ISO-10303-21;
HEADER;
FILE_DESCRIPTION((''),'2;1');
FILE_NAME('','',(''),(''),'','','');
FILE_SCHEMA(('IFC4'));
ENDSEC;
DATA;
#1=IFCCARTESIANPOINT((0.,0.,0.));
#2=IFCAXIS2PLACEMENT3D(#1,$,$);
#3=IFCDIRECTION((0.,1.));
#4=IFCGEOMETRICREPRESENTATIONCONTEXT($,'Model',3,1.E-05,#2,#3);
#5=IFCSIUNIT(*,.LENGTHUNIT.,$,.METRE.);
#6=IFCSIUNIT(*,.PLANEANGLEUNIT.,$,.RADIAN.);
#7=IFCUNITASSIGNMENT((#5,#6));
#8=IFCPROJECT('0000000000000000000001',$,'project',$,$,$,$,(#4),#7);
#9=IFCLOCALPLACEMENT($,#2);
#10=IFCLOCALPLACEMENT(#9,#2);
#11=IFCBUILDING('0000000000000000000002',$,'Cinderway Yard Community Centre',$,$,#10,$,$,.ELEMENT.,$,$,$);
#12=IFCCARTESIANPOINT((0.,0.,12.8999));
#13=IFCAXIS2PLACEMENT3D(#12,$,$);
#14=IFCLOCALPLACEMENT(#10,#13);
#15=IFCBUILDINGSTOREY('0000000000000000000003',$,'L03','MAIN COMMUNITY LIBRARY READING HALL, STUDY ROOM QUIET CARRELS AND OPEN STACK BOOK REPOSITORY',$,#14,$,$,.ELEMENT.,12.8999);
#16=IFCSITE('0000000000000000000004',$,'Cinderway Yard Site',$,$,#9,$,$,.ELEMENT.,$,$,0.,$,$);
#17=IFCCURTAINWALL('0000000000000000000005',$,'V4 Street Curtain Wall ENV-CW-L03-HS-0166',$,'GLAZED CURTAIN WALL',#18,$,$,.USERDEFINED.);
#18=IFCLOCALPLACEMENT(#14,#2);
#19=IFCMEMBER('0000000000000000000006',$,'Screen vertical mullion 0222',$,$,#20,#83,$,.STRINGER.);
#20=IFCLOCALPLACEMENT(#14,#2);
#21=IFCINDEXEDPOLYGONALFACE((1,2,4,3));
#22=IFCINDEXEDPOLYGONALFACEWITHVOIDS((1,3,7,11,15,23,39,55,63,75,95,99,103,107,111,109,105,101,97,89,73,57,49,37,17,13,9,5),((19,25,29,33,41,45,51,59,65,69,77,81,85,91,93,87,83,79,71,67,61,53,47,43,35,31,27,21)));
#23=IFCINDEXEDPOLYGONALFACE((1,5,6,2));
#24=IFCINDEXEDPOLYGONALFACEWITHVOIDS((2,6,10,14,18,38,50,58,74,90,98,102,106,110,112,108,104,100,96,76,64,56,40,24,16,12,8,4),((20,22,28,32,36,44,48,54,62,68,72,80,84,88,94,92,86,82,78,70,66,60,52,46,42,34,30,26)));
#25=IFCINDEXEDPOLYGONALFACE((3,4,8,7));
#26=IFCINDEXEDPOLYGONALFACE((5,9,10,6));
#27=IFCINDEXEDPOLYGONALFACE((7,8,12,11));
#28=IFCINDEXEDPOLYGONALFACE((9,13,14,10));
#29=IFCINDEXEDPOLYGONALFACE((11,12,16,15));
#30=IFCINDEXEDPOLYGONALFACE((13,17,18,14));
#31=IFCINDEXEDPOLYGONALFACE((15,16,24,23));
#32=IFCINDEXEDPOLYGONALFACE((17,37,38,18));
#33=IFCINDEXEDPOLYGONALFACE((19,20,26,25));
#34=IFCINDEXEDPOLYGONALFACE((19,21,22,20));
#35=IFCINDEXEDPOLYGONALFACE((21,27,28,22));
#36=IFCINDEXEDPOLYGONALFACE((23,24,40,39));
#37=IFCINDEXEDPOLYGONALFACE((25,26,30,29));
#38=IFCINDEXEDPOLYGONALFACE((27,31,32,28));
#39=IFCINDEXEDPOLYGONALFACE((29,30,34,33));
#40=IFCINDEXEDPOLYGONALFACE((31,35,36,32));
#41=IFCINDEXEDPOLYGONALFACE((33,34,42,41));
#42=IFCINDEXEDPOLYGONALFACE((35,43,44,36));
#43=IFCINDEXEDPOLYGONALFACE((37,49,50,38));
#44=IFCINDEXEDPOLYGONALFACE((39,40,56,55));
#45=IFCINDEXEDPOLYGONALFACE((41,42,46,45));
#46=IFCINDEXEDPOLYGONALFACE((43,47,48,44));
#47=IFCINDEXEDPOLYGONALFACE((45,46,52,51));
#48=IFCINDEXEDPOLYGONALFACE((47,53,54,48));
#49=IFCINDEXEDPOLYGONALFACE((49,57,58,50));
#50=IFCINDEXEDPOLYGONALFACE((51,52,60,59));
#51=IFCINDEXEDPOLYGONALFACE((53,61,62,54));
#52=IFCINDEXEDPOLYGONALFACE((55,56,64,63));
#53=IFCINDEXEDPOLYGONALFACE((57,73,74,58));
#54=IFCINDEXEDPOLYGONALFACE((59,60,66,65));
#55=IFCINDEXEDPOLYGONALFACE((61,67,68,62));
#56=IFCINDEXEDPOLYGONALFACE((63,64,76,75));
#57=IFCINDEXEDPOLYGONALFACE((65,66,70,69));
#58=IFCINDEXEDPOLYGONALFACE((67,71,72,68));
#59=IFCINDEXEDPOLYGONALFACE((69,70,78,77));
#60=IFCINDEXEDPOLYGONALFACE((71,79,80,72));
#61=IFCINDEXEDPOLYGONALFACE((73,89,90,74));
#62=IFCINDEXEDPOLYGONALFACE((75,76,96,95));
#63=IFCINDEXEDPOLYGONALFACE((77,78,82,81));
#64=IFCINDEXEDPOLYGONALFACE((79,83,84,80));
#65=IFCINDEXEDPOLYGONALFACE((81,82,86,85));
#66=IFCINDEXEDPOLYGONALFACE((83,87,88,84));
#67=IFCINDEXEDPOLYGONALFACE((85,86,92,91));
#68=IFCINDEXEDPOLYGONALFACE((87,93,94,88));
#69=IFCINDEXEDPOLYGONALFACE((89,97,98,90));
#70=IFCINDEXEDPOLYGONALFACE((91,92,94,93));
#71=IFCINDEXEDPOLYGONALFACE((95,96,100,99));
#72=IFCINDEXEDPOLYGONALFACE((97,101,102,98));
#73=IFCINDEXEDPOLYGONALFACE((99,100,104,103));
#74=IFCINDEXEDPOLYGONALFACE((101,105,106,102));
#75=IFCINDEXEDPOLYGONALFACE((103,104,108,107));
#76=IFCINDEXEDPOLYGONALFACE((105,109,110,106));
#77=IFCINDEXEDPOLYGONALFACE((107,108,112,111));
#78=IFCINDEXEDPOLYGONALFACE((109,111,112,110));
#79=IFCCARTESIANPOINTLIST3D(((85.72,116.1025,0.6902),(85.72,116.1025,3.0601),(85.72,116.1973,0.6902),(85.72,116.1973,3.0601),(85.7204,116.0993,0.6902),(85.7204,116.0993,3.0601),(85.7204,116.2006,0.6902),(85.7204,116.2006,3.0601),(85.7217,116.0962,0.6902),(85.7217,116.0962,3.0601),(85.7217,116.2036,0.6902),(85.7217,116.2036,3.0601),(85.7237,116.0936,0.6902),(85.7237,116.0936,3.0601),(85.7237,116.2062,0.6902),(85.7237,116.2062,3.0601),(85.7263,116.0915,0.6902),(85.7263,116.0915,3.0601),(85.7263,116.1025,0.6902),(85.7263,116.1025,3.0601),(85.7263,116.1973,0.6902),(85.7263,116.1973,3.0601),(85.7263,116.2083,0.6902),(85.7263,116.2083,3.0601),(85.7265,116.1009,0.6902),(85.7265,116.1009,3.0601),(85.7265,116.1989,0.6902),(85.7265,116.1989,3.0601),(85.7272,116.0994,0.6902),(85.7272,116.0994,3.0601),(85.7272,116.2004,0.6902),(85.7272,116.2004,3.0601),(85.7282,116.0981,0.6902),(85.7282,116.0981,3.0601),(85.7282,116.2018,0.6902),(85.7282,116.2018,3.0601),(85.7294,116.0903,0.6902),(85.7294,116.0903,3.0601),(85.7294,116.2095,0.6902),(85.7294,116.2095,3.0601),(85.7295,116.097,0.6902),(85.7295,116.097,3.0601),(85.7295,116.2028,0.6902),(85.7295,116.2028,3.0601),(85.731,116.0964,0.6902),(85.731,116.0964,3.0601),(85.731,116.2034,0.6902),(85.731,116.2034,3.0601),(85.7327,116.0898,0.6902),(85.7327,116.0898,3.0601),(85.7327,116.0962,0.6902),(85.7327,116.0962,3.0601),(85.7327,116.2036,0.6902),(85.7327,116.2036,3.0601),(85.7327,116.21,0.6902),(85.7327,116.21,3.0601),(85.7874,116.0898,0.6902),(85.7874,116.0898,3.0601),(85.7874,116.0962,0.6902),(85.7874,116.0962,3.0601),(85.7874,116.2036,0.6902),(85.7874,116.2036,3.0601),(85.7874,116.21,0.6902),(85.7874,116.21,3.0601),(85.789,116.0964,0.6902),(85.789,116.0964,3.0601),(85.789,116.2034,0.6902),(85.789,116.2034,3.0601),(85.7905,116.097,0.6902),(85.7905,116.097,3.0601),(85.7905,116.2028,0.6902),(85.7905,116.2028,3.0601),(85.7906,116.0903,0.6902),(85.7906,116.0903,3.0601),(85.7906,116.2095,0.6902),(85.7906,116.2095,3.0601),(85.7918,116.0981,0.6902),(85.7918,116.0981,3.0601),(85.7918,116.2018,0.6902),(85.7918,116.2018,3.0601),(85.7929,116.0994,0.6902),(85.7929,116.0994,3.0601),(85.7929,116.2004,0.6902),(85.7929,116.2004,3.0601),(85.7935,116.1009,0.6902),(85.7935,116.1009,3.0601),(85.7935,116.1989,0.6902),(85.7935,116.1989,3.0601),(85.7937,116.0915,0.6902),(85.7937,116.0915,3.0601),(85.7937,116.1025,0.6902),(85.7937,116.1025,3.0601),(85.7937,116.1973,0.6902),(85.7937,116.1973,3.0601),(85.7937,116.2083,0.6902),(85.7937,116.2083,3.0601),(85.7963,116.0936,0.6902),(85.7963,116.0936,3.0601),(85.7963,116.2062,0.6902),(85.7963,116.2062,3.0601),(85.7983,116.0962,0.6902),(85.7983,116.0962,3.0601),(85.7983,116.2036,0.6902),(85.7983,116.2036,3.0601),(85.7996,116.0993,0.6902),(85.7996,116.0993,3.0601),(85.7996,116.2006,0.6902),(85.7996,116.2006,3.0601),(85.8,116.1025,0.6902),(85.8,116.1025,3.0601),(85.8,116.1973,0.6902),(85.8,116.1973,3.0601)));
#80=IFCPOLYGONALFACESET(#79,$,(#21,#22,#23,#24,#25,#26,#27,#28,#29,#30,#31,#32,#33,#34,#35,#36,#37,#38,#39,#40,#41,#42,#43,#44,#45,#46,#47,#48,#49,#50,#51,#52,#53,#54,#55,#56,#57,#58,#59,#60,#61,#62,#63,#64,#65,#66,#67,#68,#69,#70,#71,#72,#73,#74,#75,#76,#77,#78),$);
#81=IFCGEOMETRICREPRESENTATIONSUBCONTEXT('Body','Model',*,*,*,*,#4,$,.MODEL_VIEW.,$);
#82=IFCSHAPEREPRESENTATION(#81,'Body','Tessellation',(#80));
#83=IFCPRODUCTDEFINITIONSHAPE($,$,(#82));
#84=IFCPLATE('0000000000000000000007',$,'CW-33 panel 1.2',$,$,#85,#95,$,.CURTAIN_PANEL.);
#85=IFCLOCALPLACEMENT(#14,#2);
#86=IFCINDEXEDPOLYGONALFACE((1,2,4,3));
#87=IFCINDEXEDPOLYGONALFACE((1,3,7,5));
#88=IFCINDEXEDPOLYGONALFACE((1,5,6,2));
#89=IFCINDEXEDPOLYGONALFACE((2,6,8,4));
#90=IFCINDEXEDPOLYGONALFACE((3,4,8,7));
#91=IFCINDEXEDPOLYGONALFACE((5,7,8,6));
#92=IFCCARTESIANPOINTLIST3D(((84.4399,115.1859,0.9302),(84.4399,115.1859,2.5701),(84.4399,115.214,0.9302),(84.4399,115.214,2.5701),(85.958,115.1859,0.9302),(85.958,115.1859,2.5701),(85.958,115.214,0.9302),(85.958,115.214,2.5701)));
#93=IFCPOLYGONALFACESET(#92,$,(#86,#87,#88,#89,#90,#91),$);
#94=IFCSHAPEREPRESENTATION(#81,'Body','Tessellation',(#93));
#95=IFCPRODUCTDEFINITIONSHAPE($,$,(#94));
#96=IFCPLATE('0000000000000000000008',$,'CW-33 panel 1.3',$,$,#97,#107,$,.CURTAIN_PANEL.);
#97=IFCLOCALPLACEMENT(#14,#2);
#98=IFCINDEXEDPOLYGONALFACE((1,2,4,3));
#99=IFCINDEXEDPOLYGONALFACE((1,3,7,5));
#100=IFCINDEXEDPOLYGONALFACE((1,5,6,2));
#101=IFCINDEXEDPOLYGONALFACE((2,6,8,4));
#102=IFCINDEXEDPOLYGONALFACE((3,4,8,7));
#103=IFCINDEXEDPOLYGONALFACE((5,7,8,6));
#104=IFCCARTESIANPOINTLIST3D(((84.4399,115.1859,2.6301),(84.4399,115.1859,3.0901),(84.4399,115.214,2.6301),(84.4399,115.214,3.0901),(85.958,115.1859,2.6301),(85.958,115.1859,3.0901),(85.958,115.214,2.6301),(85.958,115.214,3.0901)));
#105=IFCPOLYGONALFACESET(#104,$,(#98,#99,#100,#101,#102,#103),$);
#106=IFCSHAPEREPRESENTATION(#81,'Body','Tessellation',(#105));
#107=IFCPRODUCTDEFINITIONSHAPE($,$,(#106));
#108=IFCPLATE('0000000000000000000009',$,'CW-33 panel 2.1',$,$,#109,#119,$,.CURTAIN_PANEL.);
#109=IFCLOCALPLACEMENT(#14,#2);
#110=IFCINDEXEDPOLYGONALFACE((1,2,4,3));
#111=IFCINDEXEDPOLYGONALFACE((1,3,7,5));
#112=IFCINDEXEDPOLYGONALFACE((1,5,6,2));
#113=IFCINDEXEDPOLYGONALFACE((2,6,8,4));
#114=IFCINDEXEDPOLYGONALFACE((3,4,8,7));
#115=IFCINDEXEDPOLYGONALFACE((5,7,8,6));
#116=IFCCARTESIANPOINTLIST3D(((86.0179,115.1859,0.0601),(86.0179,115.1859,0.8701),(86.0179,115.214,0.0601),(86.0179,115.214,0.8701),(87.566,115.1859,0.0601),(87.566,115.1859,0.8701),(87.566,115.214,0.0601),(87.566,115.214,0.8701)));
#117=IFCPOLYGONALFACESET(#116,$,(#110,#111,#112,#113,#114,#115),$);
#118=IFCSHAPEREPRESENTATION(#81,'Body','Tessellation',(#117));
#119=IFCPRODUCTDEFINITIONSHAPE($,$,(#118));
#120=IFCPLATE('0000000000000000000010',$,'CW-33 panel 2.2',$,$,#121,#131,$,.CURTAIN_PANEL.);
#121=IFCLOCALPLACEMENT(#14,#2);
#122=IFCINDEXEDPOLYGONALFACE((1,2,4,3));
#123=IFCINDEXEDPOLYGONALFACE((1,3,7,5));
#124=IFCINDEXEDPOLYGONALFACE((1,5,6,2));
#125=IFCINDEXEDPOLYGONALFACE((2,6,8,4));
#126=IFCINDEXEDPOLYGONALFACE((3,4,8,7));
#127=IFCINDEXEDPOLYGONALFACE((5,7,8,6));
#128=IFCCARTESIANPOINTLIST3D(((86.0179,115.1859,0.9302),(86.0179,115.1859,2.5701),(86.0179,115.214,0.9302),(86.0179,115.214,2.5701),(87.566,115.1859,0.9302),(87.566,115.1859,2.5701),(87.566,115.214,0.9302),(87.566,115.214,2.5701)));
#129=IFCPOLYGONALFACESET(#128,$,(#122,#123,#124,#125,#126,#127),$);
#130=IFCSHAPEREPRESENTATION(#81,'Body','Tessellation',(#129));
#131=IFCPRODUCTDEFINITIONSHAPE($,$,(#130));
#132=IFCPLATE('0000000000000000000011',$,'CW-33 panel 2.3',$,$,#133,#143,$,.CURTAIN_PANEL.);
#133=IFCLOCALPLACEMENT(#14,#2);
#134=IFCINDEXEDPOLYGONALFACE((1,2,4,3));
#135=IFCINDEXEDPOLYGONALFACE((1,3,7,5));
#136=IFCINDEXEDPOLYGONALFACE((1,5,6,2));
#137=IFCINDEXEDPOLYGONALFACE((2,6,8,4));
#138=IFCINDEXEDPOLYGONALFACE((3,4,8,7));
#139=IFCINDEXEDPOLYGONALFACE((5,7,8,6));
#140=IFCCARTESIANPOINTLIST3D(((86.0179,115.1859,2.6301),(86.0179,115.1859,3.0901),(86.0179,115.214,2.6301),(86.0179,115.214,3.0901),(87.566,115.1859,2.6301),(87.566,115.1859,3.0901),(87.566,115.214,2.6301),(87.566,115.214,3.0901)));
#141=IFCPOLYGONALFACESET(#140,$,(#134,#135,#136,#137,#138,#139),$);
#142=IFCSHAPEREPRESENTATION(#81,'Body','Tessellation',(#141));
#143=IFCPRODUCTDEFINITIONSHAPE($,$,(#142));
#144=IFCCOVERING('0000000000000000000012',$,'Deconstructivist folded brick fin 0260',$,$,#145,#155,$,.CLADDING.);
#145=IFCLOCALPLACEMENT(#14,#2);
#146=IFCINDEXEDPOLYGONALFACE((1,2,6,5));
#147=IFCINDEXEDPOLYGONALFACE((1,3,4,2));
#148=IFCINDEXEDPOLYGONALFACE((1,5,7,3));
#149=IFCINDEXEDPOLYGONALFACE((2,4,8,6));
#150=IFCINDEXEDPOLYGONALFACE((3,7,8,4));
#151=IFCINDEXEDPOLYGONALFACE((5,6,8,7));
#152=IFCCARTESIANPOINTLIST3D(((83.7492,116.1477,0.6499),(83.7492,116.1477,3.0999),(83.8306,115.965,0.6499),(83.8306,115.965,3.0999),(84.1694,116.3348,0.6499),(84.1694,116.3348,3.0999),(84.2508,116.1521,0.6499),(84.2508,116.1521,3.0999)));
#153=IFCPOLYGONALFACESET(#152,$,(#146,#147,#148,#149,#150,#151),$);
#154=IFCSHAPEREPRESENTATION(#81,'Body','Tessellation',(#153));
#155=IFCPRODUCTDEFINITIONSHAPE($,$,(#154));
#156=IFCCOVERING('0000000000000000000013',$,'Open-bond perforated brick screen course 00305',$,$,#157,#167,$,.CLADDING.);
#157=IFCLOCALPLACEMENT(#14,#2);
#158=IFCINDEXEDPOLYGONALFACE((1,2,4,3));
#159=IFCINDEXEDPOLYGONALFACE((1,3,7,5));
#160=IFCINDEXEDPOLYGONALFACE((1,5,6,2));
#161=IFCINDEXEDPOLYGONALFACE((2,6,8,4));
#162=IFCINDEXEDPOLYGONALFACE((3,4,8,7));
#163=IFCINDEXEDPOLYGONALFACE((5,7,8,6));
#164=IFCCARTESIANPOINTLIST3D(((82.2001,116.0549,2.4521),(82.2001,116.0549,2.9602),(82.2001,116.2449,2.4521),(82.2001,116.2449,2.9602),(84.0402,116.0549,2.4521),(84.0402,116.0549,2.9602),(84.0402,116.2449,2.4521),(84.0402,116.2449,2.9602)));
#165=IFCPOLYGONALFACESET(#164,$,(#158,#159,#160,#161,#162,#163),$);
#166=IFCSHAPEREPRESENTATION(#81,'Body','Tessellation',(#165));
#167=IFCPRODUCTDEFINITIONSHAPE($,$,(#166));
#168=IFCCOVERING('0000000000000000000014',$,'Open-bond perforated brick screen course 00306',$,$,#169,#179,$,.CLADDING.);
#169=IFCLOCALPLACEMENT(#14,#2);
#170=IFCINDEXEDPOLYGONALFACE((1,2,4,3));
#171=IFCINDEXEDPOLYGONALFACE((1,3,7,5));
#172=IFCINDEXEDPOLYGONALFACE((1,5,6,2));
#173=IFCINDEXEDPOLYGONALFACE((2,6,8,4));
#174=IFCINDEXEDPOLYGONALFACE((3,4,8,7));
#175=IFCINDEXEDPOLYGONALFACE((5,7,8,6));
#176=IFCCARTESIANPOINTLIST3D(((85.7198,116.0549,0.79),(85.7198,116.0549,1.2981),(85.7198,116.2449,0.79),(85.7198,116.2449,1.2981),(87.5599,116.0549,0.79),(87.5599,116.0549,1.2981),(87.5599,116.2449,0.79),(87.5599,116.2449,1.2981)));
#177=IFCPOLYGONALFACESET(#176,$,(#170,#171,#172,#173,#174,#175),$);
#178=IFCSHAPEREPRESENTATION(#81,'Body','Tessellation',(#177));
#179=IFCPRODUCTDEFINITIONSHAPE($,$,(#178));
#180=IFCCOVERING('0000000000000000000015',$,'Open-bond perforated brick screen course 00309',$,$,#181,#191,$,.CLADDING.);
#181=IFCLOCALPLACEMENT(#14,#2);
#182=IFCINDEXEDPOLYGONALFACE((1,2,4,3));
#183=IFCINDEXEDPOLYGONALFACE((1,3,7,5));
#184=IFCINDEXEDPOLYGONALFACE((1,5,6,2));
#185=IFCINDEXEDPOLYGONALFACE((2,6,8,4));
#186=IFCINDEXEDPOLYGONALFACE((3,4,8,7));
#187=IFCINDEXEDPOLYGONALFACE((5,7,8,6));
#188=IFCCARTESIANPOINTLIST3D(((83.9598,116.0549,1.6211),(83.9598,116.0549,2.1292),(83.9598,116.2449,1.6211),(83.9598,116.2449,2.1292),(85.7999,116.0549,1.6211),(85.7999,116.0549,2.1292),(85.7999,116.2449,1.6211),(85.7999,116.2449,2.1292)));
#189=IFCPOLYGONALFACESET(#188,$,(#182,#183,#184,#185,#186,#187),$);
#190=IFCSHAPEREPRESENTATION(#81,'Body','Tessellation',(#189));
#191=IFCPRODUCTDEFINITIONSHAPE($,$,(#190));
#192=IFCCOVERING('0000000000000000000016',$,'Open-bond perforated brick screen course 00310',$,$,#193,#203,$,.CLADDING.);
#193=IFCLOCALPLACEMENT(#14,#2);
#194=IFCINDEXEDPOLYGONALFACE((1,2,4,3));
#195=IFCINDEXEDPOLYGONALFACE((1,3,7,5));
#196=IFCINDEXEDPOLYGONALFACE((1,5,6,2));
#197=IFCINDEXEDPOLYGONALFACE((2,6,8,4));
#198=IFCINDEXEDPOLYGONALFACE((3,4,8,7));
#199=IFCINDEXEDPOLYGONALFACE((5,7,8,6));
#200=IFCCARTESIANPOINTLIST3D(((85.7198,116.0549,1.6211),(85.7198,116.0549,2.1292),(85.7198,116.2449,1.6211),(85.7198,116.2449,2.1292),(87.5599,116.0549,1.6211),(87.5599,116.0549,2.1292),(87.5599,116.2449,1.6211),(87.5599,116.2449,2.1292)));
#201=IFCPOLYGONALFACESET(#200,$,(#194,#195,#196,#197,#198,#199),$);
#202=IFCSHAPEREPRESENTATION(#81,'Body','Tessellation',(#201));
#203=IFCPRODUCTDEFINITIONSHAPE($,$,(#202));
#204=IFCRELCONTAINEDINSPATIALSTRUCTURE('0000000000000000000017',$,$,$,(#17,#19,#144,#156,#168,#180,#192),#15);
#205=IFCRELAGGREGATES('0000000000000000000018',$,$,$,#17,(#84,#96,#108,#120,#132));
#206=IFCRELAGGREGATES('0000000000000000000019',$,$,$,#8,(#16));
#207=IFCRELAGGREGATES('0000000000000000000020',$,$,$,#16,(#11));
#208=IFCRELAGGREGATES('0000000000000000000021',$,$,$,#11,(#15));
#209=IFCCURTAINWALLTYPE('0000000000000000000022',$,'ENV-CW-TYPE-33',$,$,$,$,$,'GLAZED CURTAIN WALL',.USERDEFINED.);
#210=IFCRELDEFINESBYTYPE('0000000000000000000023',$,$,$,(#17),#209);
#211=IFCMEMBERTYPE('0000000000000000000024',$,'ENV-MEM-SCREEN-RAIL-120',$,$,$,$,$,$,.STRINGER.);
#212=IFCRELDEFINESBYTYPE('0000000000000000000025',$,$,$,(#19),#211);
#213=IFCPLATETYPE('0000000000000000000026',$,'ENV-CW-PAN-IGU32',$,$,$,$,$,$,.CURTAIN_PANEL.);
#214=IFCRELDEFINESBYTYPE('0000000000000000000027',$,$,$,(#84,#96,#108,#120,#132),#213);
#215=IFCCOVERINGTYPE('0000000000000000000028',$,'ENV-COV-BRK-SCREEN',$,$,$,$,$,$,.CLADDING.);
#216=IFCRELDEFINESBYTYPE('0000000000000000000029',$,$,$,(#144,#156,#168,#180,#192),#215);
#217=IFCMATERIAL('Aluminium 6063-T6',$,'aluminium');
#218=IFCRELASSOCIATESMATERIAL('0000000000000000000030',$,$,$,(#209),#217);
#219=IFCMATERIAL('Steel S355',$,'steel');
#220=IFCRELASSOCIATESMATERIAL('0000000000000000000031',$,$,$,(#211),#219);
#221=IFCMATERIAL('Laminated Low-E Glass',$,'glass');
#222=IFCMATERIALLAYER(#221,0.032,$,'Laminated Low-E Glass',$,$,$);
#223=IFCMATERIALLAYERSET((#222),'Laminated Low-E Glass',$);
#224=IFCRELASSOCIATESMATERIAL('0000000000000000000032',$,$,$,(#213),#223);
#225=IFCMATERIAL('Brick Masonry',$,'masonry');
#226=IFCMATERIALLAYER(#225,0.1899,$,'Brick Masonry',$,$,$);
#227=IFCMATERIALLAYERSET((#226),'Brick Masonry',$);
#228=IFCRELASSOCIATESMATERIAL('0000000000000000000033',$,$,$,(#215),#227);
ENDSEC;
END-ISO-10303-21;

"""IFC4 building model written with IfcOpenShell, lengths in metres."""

from ifc_helpers import new_model, si_unit, direction, frame, origin, origin_2d, place, context, subcontext, project, spatial, rectangle, hollow_rectangle, extrude, material, layer, layer_set, material_profile, profile_set, type_object, element, aggregate, save


model = new_model("IFC4")

# Units and contexts
model_context = context("Model", 3, precision=1e-05, world=origin(), true_north=direction((0.0, 1.0)))
body_context = subcontext(model_context, "Body", "Model", "MODEL_VIEW")
ifc_project = project(units=[si_unit("LENGTHUNIT", "METRE"), si_unit("PLANEANGLEUNIT", "RADIAN")], contexts=[model_context])

# Site, building, storey
site_placement = place(None, origin())
site = spatial("IfcSite", under=ifc_project, at=site_placement, Name="Cinderway Yard Site", CompositionType="ELEMENT", RefElevation=0.0)
building_placement = place(site_placement, origin())
building = spatial("IfcBuilding", under=site, at=building_placement, Name="Cinderway Yard Community Centre", CompositionType="ELEMENT")
storey_placement = place(building_placement, frame((0.0, 0.0, 12.8999)))
storey = spatial("IfcBuildingStorey", under=building, at=storey_placement, Name="L03", Description="MAIN COMMUNITY LIBRARY READING HALL, STUDY ROOM QUIET CARRELS AND OPEN STACK BOOK REPOSITORY", CompositionType="ELEMENT", Elevation=12.8999)

# Curtain wall
ifc_material_1 = material(Name="Aluminium 6063-T6", Category="aluminium")
curtain_wall_type = type_object("IfcCurtainWallType", Name="ENV-CW-TYPE-33", ElementType="GLAZED CURTAIN WALL", PredefinedType="USERDEFINED", material=ifc_material_1)
curtain_wall_placement = place(storey_placement, origin())
curtain_wall = element("IfcCurtainWall", 1, at=curtain_wall_placement, inside=storey, type_object=curtain_wall_type, Name="V4 Street Curtain Wall ENV-CW-L03-HS-0166", ObjectType="GLAZED CURTAIN WALL", PredefinedType="USERDEFINED")

# Member
ifc_material_2 = material(Name="Steel S355", Category="steel")
ifc_material_profile_1 = material_profile(ifc_material_2, hollow_rectangle(XDim=0.0801, YDim=0.1201, WallThickness=0.0063, InnerFilletRadius=0.0063, OuterFilletRadius=0.0127, at=origin_2d()), Name="Steel S355")
ifc_profile_set_1 = profile_set([ifc_material_profile_1], Name="Steel S355")
member_type_1 = type_object("IfcMemberType", Name="ENV-MEM-SCREEN-RAIL-120", PredefinedType="STRINGER", material=ifc_profile_set_1)
member_1_placement = place(storey_placement, frame((85.76, 116.1499, 0.6902), z_axis=(0.0, 0.0, 1.0), x_axis=(1.0, 0.0, 0.0)))
element("IfcMember", 2, at=member_1_placement, inside=storey, type_object=member_type_1, Name="Screen vertical mullion 0222", PredefinedType="STRINGER", context=body_context, shape_type="SweptSolid", body=[
    extrude(hollow_rectangle(XDim=0.0801, YDim=0.1201, WallThickness=0.0063, InnerFilletRadius=0.0063, OuterFilletRadius=0.0127, at=origin_2d()), origin(), (0.0, 0.0, 1.0), 2.3699),
])

# Plates
ifc_material_3 = material(Name="Laminated Low-E Glass", Category="glass")
ifc_layer_1 = layer(ifc_material_3, 0.032, Name="Laminated Low-E Glass")
ifc_layer_set_1 = layer_set([ifc_layer_1], Name="Laminated Low-E Glass")
plate_type = type_object("IfcPlateType", Name="ENV-CW-PAN-IGU32", PredefinedType="CURTAIN_PANEL", material=ifc_layer_set_1)
plate_1_placement = place(storey_placement, frame((85.199, 115.2, 0.9302), z_axis=(0.0, 0.0, 1.0), x_axis=(1.0, 0.0, 0.0)))
plate_1 = element("IfcPlate", 3, at=plate_1_placement, type_object=plate_type, Name="CW-33 panel 1.2", PredefinedType="CURTAIN_PANEL", context=body_context, shape_type="SweptSolid", body=[
    extrude(rectangle(XDim=1.5181, YDim=0.0281, at=origin_2d()), origin(), (0.0, 0.0, 1.0), 1.6399),
])
plate_2_placement = place(storey_placement, frame((85.199, 115.2, 2.6301), z_axis=(0.0, 0.0, 1.0), x_axis=(1.0, 0.0, 0.0)))
plate_2 = element("IfcPlate", 4, at=plate_2_placement, type_object=plate_type, Name="CW-33 panel 1.3", PredefinedType="CURTAIN_PANEL", context=body_context, shape_type="SweptSolid", body=[
    extrude(rectangle(XDim=1.5181, YDim=0.0281, at=origin_2d()), origin(), (0.0, 0.0, 1.0), 0.46),
])
plate_3_placement = place(storey_placement, frame((86.792, 115.2, 0.0601), z_axis=(0.0, 0.0, 1.0), x_axis=(1.0, 0.0, 0.0)))
plate_3 = element("IfcPlate", 5, at=plate_3_placement, type_object=plate_type, Name="CW-33 panel 2.1", PredefinedType="CURTAIN_PANEL", context=body_context, shape_type="SweptSolid", body=[
    extrude(rectangle(XDim=1.5481, YDim=0.0281, at=origin_2d()), origin(), (0.0, 0.0, 1.0), 0.8101),
])
plate_4_placement = place(storey_placement, frame((86.792, 115.2, 0.9302), z_axis=(0.0, 0.0, 1.0), x_axis=(1.0, 0.0, 0.0)))
plate_4 = element("IfcPlate", 6, at=plate_4_placement, type_object=plate_type, Name="CW-33 panel 2.2", PredefinedType="CURTAIN_PANEL", context=body_context, shape_type="SweptSolid", body=[
    extrude(rectangle(XDim=1.5481, YDim=0.0281, at=origin_2d()), origin(), (0.0, 0.0, 1.0), 1.6399),
])
plate_5_placement = place(storey_placement, frame((86.792, 115.2, 2.6301), z_axis=(0.0, 0.0, 1.0), x_axis=(1.0, 0.0, 0.0)))
plate_5 = element("IfcPlate", 7, at=plate_5_placement, type_object=plate_type, Name="CW-33 panel 2.3", PredefinedType="CURTAIN_PANEL", context=body_context, shape_type="SweptSolid", body=[
    extrude(rectangle(XDim=1.5481, YDim=0.0281, at=origin_2d()), origin(), (0.0, 0.0, 1.0), 0.46),
])
aggregate(curtain_wall, [plate_1, plate_2, plate_3, plate_4, plate_5])

# Coverings
ifc_material_4 = material(Name="Brick Masonry", Category="masonry")
ifc_layer_2 = layer(ifc_material_4, 0.1899, Name="Brick Masonry")
ifc_layer_set_2 = layer_set([ifc_layer_2], Name="Brick Masonry")
covering_type = type_object("IfcCoveringType", Name="ENV-COV-BRK-SCREEN", PredefinedType="CLADDING", material=ifc_layer_set_2)
covering_placement = place(storey_placement, frame((84.0, 116.1499, 0.6499), z_axis=(0.0, 0.0, 1.0), x_axis=(0.913545, 0.406737, 0.0)))
element("IfcCovering", 8, at=covering_placement, inside=storey, type_object=covering_type, Name="Deconstructivist folded brick fin 0260", PredefinedType="CLADDING", context=body_context, shape_type="SweptSolid", body=[
    extrude(rectangle(XDim=0.46, YDim=0.2, at=origin_2d()), origin(), (0.0, 0.0, 1.0), 2.45),
])
for number, where, z_axis, x_axis, name in (
    (9, (83.1201, 116.1499, 2.4521), (0.0, 0.0, 1.0), (1.0, 0.0, 0.0), "Open-bond perforated brick screen course 00305"),
    (10, (86.6399, 116.1499, 0.79), (0.0, 0.0, 1.0), (1.0, 0.0, 0.0), "Open-bond perforated brick screen course 00306"),
    (11, (84.8799, 116.1499, 1.6211), (0.0, 0.0, 1.0), (1.0, 0.0, 0.0), "Open-bond perforated brick screen course 00309"),
    (12, (86.6399, 116.1499, 1.6211), (0.0, 0.0, 1.0), (1.0, 0.0, 0.0), "Open-bond perforated brick screen course 00310"),
):
    element("IfcCovering", number, at=place(storey_placement, frame(where, z_axis=z_axis, x_axis=x_axis)), inside=storey, type_object=covering_type, Name=name, PredefinedType="CLADDING", context=body_context, shape_type="SweptSolid", body=[
        extrude(rectangle(XDim=1.8401, YDim=0.1899, at=origin_2d()), origin(), (0.0, 0.0, 1.0), 0.5081),
    ])

save(model, "model.ifc")
